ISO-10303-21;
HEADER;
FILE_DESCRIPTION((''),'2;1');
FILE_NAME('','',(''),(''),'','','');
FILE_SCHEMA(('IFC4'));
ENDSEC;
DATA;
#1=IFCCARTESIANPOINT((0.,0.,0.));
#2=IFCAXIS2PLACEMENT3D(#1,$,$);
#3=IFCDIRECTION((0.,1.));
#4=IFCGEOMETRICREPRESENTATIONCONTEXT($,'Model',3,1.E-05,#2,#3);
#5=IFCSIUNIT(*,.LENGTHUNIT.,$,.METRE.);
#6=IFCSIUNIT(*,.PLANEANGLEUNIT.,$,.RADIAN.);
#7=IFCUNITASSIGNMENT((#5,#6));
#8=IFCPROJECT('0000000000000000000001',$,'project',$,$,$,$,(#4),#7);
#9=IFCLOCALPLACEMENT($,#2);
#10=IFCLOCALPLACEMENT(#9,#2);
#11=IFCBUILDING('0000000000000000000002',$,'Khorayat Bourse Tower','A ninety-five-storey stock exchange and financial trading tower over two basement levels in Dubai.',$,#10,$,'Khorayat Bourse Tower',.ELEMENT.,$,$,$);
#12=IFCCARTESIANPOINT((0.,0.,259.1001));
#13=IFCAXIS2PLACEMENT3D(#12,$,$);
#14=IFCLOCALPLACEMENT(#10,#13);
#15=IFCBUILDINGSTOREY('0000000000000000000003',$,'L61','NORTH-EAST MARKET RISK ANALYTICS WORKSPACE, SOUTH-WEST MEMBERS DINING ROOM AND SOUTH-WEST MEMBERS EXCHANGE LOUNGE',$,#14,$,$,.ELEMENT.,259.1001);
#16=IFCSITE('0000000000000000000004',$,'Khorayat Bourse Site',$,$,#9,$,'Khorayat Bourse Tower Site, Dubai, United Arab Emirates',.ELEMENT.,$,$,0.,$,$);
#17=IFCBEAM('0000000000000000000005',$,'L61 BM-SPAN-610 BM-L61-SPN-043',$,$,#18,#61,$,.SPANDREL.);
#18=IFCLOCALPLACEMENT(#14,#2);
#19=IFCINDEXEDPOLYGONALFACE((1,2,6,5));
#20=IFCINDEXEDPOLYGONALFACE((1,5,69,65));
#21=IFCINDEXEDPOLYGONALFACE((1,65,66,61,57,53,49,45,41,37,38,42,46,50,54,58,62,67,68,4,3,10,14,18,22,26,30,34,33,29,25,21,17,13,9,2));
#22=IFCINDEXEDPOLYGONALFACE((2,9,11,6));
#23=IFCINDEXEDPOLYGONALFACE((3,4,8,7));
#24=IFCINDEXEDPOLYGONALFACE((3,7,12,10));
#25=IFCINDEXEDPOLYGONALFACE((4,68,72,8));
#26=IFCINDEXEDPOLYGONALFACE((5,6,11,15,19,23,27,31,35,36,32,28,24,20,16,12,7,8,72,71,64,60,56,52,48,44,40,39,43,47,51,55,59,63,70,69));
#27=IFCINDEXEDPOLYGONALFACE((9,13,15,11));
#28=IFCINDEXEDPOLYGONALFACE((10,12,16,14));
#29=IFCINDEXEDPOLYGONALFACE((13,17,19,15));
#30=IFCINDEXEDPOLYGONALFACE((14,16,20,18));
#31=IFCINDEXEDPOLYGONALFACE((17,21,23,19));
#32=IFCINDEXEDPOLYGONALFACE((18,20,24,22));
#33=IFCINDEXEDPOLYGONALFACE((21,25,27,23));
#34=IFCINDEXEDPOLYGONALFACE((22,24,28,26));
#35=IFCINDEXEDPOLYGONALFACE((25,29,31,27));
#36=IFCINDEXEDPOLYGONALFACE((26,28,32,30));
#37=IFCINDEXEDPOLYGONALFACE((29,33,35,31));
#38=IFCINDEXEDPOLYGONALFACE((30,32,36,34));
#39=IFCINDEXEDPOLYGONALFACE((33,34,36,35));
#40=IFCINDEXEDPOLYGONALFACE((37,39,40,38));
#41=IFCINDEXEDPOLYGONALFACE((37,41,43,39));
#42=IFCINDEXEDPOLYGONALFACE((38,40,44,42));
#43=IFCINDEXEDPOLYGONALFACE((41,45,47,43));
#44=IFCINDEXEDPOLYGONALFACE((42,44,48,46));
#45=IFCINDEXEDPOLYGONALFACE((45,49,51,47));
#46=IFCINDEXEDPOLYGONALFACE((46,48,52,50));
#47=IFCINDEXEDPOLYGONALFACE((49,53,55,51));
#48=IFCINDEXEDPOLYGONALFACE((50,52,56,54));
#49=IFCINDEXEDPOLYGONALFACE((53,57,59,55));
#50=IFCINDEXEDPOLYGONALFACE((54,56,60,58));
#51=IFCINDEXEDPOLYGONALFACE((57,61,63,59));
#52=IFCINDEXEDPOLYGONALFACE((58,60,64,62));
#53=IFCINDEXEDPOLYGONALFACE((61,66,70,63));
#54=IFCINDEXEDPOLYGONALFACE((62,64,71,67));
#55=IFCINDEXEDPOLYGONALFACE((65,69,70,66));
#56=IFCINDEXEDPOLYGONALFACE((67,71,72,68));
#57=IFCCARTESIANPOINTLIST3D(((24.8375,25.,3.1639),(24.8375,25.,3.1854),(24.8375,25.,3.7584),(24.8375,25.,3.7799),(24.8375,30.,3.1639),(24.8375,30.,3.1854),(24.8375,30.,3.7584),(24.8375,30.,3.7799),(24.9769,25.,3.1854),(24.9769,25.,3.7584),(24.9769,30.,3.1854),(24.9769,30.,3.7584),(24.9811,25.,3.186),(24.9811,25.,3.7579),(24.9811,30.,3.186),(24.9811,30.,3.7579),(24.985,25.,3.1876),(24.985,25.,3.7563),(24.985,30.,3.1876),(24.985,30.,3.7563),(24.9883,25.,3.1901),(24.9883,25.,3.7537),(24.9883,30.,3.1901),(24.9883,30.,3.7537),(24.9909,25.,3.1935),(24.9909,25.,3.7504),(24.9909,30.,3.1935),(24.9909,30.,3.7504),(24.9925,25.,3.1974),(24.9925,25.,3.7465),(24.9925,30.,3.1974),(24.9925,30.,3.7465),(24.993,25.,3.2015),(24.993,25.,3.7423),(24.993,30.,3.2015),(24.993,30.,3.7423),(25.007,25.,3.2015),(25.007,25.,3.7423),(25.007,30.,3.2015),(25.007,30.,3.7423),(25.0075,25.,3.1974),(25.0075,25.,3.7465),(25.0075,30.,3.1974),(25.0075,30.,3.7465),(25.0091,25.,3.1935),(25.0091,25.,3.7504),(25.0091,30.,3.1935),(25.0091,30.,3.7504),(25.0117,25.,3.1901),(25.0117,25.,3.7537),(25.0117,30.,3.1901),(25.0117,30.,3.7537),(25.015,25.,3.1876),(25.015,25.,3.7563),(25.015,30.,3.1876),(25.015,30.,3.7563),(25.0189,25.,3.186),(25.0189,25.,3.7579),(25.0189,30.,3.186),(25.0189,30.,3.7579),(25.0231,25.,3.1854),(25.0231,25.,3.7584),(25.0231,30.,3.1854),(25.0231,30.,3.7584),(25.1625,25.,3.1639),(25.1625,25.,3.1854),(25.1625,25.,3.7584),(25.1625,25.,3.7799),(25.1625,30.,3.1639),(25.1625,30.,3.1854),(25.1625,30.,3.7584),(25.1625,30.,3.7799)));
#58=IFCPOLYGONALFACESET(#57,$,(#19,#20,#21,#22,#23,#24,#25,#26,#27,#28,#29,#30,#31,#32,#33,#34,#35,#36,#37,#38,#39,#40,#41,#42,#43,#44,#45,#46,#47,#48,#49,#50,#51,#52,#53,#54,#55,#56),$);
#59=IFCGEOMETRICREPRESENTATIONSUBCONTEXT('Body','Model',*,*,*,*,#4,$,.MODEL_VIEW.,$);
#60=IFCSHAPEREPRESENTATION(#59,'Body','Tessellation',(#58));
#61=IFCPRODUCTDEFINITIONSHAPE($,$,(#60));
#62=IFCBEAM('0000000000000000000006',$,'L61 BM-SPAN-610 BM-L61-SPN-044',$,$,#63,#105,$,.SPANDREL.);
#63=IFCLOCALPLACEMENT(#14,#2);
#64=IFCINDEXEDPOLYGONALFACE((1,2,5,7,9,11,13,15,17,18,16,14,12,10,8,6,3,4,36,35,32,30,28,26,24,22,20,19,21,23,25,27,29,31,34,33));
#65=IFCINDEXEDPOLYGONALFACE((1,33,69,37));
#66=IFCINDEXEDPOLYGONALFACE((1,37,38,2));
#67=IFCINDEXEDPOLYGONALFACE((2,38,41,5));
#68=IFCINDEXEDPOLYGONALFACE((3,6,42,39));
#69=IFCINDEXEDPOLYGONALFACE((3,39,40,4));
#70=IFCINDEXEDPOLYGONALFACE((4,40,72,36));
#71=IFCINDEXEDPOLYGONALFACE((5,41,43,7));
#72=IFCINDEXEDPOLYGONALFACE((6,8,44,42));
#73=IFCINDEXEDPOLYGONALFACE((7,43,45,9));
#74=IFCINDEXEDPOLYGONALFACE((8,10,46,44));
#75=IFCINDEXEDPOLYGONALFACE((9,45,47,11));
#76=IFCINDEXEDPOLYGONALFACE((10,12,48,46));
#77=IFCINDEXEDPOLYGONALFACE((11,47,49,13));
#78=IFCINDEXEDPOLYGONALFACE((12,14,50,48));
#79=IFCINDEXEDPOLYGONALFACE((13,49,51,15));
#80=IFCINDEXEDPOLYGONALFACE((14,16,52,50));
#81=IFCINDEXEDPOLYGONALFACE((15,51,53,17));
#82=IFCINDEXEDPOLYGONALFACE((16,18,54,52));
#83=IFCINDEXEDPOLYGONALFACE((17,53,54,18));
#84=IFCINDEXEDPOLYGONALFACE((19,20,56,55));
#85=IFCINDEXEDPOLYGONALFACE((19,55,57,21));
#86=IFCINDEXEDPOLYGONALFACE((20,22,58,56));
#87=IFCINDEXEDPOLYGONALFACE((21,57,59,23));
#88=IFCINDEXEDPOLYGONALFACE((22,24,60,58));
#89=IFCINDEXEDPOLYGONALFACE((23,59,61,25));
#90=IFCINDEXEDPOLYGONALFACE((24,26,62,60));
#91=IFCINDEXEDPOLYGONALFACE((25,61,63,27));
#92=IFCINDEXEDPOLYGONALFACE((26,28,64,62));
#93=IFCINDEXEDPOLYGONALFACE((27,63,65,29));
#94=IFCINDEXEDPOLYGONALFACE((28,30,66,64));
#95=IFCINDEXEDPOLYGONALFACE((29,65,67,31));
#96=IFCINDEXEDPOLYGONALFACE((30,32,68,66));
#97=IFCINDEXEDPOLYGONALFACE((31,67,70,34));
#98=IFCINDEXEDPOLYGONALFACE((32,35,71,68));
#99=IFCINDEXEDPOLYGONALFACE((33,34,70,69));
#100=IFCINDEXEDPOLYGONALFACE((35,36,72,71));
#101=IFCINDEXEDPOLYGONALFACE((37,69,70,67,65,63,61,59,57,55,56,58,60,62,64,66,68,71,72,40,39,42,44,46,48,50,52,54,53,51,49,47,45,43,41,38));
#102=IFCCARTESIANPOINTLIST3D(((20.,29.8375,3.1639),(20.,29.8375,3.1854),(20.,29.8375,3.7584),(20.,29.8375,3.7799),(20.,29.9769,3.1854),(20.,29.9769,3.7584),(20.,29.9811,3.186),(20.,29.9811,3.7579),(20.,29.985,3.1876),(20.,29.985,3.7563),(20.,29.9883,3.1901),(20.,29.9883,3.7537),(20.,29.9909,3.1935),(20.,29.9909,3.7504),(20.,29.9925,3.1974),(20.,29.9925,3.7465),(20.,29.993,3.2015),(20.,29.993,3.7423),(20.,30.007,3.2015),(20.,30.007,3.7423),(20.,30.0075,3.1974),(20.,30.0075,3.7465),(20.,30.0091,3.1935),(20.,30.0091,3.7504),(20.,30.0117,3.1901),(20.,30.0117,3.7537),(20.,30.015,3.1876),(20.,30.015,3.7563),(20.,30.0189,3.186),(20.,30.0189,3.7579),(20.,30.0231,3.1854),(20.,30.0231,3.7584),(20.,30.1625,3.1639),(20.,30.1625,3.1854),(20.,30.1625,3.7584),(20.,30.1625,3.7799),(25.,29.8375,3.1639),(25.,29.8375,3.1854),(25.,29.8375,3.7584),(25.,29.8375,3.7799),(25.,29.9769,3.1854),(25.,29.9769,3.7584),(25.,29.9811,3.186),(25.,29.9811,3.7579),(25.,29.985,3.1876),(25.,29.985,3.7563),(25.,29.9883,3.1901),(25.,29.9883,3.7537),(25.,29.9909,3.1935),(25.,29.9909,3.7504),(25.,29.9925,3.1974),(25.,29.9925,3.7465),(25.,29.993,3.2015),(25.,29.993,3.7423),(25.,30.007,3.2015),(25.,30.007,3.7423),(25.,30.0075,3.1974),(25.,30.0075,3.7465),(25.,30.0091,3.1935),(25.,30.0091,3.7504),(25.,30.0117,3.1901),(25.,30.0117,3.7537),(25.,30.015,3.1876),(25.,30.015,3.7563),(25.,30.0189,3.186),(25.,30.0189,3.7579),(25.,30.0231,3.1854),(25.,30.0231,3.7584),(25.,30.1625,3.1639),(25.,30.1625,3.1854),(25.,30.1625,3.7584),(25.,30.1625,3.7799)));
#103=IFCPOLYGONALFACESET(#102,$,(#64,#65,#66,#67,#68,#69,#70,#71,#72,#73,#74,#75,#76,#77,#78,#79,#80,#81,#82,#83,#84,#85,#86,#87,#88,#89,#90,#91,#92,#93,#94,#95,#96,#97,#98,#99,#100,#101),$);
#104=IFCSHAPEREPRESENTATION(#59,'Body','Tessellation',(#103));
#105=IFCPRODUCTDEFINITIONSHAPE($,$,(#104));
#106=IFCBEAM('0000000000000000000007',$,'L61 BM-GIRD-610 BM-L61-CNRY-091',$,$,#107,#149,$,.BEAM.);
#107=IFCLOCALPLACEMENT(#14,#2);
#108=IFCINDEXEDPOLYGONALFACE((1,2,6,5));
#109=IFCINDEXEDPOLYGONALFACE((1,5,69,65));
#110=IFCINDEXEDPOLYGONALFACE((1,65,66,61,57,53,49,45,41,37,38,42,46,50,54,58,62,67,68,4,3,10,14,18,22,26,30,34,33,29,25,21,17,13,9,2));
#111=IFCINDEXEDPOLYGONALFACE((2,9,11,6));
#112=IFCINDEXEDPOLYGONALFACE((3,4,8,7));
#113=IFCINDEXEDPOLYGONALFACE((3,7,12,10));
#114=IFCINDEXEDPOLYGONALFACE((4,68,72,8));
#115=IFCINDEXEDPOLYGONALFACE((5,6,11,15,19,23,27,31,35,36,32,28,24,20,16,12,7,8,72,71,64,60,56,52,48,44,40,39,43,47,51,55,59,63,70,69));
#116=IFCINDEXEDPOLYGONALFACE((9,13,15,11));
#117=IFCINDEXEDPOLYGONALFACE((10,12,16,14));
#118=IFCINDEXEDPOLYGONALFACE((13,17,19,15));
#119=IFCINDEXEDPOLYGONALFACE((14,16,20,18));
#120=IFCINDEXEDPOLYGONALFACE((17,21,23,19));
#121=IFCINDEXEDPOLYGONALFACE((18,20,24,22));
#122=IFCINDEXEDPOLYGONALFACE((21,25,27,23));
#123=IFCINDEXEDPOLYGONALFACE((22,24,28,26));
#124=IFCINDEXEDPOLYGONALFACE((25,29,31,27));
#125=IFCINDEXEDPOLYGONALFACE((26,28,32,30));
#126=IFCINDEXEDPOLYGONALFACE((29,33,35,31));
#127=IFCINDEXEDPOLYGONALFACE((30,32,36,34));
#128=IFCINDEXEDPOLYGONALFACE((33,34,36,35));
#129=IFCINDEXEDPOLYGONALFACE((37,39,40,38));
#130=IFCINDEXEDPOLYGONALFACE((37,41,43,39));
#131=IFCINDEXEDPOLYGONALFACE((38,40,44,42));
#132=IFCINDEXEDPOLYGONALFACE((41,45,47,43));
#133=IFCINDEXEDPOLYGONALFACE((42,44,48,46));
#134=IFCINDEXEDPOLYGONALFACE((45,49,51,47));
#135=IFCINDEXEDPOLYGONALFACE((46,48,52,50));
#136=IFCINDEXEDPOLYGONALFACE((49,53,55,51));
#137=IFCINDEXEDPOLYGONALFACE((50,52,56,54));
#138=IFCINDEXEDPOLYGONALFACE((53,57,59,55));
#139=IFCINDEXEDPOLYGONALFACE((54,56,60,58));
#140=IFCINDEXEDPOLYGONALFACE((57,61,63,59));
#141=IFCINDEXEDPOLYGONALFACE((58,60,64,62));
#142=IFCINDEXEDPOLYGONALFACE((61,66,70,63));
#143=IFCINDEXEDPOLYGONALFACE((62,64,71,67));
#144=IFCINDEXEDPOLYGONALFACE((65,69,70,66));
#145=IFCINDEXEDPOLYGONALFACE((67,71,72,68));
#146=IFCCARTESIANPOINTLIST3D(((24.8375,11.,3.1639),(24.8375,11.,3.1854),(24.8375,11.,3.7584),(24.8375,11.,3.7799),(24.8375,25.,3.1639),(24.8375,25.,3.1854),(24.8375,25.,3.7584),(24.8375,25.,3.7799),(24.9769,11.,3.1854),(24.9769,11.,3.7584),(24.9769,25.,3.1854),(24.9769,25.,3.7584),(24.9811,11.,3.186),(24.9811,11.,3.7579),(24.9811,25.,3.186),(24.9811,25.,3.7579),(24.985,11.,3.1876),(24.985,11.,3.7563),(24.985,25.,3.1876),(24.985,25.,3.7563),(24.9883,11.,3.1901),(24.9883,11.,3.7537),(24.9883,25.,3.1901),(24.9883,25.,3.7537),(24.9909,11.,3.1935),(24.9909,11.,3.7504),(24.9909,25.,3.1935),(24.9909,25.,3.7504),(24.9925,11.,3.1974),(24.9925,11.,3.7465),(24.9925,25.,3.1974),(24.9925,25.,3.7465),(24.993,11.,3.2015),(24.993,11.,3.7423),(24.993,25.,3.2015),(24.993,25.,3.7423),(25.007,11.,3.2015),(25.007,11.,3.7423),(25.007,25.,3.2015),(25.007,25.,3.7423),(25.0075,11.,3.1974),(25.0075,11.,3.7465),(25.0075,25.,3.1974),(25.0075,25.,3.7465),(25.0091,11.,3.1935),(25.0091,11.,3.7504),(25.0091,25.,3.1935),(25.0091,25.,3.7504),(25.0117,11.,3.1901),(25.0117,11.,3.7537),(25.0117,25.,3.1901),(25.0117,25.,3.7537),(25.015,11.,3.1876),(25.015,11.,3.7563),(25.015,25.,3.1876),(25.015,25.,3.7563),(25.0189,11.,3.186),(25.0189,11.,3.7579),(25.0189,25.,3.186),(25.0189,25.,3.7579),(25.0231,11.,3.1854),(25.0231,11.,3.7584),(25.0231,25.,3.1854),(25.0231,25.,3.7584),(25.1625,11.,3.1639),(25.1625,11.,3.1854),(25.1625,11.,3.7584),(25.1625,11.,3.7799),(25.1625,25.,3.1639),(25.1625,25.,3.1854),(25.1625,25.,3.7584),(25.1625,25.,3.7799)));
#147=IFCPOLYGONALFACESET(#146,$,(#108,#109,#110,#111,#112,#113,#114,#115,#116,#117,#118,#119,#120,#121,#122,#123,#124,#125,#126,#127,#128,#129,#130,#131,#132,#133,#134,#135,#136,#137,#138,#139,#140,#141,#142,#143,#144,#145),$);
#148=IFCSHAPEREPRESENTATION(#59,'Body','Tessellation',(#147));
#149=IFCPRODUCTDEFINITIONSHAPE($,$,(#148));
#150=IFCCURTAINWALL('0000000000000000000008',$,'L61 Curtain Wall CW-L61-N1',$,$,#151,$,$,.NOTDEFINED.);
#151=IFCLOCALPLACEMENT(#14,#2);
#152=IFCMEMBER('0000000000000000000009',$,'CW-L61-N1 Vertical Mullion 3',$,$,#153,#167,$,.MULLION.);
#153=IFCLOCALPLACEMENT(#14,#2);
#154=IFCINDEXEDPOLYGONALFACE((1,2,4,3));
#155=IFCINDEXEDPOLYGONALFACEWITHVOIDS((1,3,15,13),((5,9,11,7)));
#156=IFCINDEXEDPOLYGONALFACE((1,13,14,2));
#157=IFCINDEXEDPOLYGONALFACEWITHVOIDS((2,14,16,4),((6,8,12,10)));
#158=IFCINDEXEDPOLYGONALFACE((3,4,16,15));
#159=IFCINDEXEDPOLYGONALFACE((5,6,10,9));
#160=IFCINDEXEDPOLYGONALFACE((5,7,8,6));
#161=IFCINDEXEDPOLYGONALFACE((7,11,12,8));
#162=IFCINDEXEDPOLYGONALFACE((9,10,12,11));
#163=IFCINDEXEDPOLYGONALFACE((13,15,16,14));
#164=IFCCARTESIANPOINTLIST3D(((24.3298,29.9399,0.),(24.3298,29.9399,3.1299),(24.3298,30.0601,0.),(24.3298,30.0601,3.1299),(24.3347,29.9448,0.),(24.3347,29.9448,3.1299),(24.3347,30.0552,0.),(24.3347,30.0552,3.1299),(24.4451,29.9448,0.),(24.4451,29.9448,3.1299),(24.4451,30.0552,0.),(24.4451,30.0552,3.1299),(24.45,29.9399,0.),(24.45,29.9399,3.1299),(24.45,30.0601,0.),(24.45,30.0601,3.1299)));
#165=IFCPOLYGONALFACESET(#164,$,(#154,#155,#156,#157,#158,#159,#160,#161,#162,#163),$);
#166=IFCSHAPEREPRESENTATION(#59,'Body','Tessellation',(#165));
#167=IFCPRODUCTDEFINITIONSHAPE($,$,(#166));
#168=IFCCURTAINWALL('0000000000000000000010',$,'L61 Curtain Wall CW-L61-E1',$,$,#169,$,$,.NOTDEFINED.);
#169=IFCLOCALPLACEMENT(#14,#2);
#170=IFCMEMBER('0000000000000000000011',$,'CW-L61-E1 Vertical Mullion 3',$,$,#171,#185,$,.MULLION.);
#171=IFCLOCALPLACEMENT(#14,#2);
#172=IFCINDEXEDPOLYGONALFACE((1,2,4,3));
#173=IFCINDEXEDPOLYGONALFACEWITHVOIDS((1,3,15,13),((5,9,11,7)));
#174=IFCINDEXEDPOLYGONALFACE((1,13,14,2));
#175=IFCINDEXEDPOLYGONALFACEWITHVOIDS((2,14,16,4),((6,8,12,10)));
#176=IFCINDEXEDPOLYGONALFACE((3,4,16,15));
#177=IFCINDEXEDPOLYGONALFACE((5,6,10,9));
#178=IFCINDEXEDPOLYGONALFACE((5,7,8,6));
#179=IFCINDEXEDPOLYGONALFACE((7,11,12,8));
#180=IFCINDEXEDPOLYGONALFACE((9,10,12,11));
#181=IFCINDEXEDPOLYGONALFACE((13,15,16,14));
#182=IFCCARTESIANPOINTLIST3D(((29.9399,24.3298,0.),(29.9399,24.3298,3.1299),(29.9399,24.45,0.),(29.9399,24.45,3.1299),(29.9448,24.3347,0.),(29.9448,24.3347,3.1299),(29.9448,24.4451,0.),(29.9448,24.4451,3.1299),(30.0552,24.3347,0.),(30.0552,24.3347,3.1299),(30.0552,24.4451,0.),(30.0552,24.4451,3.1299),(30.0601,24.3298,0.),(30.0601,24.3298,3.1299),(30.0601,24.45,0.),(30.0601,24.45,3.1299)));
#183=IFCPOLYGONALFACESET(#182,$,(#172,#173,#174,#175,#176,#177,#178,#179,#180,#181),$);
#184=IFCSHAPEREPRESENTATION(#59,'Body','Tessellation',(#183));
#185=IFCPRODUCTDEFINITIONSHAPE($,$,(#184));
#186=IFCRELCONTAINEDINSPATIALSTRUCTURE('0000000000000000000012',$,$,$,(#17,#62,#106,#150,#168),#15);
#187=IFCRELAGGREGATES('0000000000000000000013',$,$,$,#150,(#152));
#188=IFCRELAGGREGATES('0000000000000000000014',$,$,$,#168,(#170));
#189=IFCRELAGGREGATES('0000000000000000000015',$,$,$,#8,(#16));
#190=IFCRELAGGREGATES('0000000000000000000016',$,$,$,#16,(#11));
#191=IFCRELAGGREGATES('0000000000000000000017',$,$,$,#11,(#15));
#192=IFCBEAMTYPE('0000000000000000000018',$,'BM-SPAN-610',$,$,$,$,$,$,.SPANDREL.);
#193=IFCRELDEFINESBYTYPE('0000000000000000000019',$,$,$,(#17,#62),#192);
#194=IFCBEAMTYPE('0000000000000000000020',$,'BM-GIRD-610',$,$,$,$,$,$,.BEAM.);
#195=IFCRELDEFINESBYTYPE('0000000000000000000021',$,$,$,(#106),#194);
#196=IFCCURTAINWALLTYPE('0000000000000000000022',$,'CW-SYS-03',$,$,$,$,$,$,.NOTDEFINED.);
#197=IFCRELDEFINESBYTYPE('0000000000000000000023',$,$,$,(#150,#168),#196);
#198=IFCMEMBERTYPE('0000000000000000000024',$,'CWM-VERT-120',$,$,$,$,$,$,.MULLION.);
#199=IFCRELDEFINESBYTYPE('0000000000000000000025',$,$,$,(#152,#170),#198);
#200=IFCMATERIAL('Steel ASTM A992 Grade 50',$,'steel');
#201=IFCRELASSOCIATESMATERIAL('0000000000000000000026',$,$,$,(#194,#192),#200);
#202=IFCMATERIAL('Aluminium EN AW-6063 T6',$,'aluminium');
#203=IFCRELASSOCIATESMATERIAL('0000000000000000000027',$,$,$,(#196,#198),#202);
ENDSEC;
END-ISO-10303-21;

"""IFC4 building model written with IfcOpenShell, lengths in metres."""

from ifc_helpers import new_model, si_unit, direction, frame, origin, origin_2d, place, context, subcontext, project, spatial, hollow_rectangle, i_section, extrude, source, transform, mapped, material, material_profile, profile_set, type_object, element, aggregate, save


model = new_model("IFC4")

# Units and contexts
model_context = context("Model", 3, precision=1e-05, world=origin(), true_north=direction((0.0, 1.0)))
body_context = subcontext(model_context, "Body", "Model", "MODEL_VIEW")
ifc_project = project(units=[si_unit("LENGTHUNIT", "METRE"), si_unit("PLANEANGLEUNIT", "RADIAN")], contexts=[model_context])

# Site, building, storey
site_placement = place(None, origin())
site = spatial("IfcSite", under=ifc_project, at=site_placement, Name="Khorayat Bourse Site", LongName="Khorayat Bourse Tower Site, Dubai, United Arab Emirates", CompositionType="ELEMENT", RefElevation=0.0)
building_placement = place(site_placement, origin())
building = spatial("IfcBuilding", under=site, at=building_placement, Name="Khorayat Bourse Tower", Description="A ninety-five-storey stock exchange and financial trading tower over two basement levels in Dubai.", LongName="Khorayat Bourse Tower", CompositionType="ELEMENT")
storey_placement = place(building_placement, frame((0.0, 0.0, 259.1001)))
storey = spatial("IfcBuildingStorey", under=building, at=storey_placement, Name="L61", Description="NORTH-EAST MARKET RISK ANALYTICS WORKSPACE, SOUTH-WEST MEMBERS DINING ROOM AND SOUTH-WEST MEMBERS EXCHANGE LOUNGE", CompositionType="ELEMENT", Elevation=259.1001)

# Beams
ifc_material_1 = material(Name="Steel ASTM A992 Grade 50", Category="steel")
ifc_material_profile_1 = material_profile(ifc_material_1, i_section(OverallWidth=0.325, OverallDepth=0.616, WebThickness=0.0139, FlangeThickness=0.0215, FilletRadius=0.0161, at=origin_2d()), Name="W610X174")
ifc_profile_set_1 = profile_set([ifc_material_profile_1], Name="Steel ASTM A992 Grade 50")
beam_type_1 = type_object("IfcBeamType", Name="BM-GIRD-610", PredefinedType="BEAM", material=ifc_profile_set_1)
ifc_material_profile_2 = material_profile(ifc_material_1, i_section(OverallWidth=0.325, OverallDepth=0.616, WebThickness=0.0139, FlangeThickness=0.0215, FilletRadius=0.0161, at=origin_2d()), Name="W610X174")
ifc_profile_set_2 = profile_set([ifc_material_profile_2], Name="Steel ASTM A992 Grade 50")
beam_type_2 = type_object("IfcBeamType", Name="BM-SPAN-610", PredefinedType="SPANDREL", material=ifc_profile_set_2)
shared_shape_1 = source(origin(), body_context, "Body", "SweptSolid", [
    extrude(i_section(OverallWidth=0.325, OverallDepth=0.616, WebThickness=0.0139, FlangeThickness=0.0215, FilletRadius=0.0161, at=origin_2d()), origin(), (0.0, 0.0, 1.0), 5.0),
])
for number, where, z_axis, x_axis, name in (
    (1, (25.0, 25.0, 3.4719), (0.0, 1.0, 0.0), (-1.0, 0.0, 0.0), "L61 BM-SPAN-610 BM-L61-SPN-043"),
    (2, (20.0, 30.0, 3.4719), (1.0, 0.0, 0.0), (0.0, 1.0, 0.0), "L61 BM-SPAN-610 BM-L61-SPN-044"),
):
    element("IfcBeam", number, at=place(storey_placement, frame(where, z_axis=z_axis, x_axis=x_axis)), inside=storey, type_object=beam_type_2, Name=name, PredefinedType="SPANDREL", context=body_context, shape_type="MappedRepresentation", body=[
        mapped(shared_shape_1, transform((0.0, 0.0, 0.0), scale=1.0)),
    ])
shared_shape_2 = source(origin(), body_context, "Body", "SweptSolid", [
    extrude(i_section(OverallWidth=0.325, OverallDepth=0.616, WebThickness=0.0139, FlangeThickness=0.0215, FilletRadius=0.0161, at=origin_2d()), origin(), (0.0, 0.0, 1.0), 14.0),
])
beam_1_placement = place(storey_placement, frame((25.0, 11.0, 3.4719), z_axis=(0.0, 1.0, 0.0), x_axis=(-1.0, 0.0, 0.0)))
element("IfcBeam", 3, at=beam_1_placement, inside=storey, type_object=beam_type_1, Name="L61 BM-GIRD-610 BM-L61-CNRY-091", PredefinedType="BEAM", context=body_context, shape_type="MappedRepresentation", body=[
    mapped(shared_shape_2, transform((0.0, 0.0, 0.0), scale=1.0)),
])

# Curtain wall, member
ifc_material_2 = material(Name="Aluminium EN AW-6063 T6", Category="aluminium")
curtain_wall_type = type_object("IfcCurtainWallType", Name="CW-SYS-03", PredefinedType="NOTDEFINED", material=ifc_material_2)
curtain_wall_1_placement = place(storey_placement, origin())
curtain_wall_1 = element("IfcCurtainWall", 4, at=curtain_wall_1_placement, inside=storey, type_object=curtain_wall_type, Name="L61 Curtain Wall CW-L61-N1", PredefinedType="NOTDEFINED")
ifc_material_profile_3 = material_profile(ifc_material_2, hollow_rectangle(XDim=0.1201, YDim=0.1201, WallThickness=0.0049, at=origin_2d()), Name="ALU 120x120x5")
ifc_profile_set_3 = profile_set([ifc_material_profile_3], Name="Aluminium EN AW-6063 T6")
member_type_1 = type_object("IfcMemberType", Name="CWM-VERT-120", PredefinedType="MULLION", material=ifc_profile_set_3)
shared_shape_3 = source(origin(), body_context, "Body", "SweptSolid", [
    extrude(hollow_rectangle(XDim=0.1201, YDim=0.1201, WallThickness=0.0049, at=origin_2d()), origin(), (0.0, 0.0, 1.0), 3.1299),
])
member_1_placement = place(storey_placement, frame((24.3899, 30.0, 0.0), z_axis=(0.0, 0.0, 1.0), x_axis=(0.0, 1.0, 0.0)))
member_1 = element("IfcMember", 5, at=member_1_placement, type_object=member_type_1, Name="CW-L61-N1 Vertical Mullion 3", PredefinedType="MULLION", context=body_context, shape_type="MappedRepresentation", body=[
    mapped(shared_shape_3, transform((0.0, 0.0, 0.0), scale=1.0)),
])
aggregate(curtain_wall_1, [member_1])

# Curtain wall, member
curtain_wall_2_placement = place(storey_placement, origin())
curtain_wall_2 = element("IfcCurtainWall", 6, at=curtain_wall_2_placement, inside=storey, type_object=curtain_wall_type, Name="L61 Curtain Wall CW-L61-E1", PredefinedType="NOTDEFINED")
member_2_placement = place(storey_placement, frame((30.0, 24.3899, 0.0), z_axis=(0.0, 0.0, 1.0), x_axis=(-1.0, 0.0, 0.0)))
member_2 = element("IfcMember", 7, at=member_2_placement, type_object=member_type_1, Name="CW-L61-E1 Vertical Mullion 3", PredefinedType="MULLION", context=body_context, shape_type="MappedRepresentation", body=[
    mapped(shared_shape_3, transform((0.0, 0.0, 0.0), scale=1.0)),
])

aggregate(curtain_wall_2, [member_2])

save(model, "model.ifc")
